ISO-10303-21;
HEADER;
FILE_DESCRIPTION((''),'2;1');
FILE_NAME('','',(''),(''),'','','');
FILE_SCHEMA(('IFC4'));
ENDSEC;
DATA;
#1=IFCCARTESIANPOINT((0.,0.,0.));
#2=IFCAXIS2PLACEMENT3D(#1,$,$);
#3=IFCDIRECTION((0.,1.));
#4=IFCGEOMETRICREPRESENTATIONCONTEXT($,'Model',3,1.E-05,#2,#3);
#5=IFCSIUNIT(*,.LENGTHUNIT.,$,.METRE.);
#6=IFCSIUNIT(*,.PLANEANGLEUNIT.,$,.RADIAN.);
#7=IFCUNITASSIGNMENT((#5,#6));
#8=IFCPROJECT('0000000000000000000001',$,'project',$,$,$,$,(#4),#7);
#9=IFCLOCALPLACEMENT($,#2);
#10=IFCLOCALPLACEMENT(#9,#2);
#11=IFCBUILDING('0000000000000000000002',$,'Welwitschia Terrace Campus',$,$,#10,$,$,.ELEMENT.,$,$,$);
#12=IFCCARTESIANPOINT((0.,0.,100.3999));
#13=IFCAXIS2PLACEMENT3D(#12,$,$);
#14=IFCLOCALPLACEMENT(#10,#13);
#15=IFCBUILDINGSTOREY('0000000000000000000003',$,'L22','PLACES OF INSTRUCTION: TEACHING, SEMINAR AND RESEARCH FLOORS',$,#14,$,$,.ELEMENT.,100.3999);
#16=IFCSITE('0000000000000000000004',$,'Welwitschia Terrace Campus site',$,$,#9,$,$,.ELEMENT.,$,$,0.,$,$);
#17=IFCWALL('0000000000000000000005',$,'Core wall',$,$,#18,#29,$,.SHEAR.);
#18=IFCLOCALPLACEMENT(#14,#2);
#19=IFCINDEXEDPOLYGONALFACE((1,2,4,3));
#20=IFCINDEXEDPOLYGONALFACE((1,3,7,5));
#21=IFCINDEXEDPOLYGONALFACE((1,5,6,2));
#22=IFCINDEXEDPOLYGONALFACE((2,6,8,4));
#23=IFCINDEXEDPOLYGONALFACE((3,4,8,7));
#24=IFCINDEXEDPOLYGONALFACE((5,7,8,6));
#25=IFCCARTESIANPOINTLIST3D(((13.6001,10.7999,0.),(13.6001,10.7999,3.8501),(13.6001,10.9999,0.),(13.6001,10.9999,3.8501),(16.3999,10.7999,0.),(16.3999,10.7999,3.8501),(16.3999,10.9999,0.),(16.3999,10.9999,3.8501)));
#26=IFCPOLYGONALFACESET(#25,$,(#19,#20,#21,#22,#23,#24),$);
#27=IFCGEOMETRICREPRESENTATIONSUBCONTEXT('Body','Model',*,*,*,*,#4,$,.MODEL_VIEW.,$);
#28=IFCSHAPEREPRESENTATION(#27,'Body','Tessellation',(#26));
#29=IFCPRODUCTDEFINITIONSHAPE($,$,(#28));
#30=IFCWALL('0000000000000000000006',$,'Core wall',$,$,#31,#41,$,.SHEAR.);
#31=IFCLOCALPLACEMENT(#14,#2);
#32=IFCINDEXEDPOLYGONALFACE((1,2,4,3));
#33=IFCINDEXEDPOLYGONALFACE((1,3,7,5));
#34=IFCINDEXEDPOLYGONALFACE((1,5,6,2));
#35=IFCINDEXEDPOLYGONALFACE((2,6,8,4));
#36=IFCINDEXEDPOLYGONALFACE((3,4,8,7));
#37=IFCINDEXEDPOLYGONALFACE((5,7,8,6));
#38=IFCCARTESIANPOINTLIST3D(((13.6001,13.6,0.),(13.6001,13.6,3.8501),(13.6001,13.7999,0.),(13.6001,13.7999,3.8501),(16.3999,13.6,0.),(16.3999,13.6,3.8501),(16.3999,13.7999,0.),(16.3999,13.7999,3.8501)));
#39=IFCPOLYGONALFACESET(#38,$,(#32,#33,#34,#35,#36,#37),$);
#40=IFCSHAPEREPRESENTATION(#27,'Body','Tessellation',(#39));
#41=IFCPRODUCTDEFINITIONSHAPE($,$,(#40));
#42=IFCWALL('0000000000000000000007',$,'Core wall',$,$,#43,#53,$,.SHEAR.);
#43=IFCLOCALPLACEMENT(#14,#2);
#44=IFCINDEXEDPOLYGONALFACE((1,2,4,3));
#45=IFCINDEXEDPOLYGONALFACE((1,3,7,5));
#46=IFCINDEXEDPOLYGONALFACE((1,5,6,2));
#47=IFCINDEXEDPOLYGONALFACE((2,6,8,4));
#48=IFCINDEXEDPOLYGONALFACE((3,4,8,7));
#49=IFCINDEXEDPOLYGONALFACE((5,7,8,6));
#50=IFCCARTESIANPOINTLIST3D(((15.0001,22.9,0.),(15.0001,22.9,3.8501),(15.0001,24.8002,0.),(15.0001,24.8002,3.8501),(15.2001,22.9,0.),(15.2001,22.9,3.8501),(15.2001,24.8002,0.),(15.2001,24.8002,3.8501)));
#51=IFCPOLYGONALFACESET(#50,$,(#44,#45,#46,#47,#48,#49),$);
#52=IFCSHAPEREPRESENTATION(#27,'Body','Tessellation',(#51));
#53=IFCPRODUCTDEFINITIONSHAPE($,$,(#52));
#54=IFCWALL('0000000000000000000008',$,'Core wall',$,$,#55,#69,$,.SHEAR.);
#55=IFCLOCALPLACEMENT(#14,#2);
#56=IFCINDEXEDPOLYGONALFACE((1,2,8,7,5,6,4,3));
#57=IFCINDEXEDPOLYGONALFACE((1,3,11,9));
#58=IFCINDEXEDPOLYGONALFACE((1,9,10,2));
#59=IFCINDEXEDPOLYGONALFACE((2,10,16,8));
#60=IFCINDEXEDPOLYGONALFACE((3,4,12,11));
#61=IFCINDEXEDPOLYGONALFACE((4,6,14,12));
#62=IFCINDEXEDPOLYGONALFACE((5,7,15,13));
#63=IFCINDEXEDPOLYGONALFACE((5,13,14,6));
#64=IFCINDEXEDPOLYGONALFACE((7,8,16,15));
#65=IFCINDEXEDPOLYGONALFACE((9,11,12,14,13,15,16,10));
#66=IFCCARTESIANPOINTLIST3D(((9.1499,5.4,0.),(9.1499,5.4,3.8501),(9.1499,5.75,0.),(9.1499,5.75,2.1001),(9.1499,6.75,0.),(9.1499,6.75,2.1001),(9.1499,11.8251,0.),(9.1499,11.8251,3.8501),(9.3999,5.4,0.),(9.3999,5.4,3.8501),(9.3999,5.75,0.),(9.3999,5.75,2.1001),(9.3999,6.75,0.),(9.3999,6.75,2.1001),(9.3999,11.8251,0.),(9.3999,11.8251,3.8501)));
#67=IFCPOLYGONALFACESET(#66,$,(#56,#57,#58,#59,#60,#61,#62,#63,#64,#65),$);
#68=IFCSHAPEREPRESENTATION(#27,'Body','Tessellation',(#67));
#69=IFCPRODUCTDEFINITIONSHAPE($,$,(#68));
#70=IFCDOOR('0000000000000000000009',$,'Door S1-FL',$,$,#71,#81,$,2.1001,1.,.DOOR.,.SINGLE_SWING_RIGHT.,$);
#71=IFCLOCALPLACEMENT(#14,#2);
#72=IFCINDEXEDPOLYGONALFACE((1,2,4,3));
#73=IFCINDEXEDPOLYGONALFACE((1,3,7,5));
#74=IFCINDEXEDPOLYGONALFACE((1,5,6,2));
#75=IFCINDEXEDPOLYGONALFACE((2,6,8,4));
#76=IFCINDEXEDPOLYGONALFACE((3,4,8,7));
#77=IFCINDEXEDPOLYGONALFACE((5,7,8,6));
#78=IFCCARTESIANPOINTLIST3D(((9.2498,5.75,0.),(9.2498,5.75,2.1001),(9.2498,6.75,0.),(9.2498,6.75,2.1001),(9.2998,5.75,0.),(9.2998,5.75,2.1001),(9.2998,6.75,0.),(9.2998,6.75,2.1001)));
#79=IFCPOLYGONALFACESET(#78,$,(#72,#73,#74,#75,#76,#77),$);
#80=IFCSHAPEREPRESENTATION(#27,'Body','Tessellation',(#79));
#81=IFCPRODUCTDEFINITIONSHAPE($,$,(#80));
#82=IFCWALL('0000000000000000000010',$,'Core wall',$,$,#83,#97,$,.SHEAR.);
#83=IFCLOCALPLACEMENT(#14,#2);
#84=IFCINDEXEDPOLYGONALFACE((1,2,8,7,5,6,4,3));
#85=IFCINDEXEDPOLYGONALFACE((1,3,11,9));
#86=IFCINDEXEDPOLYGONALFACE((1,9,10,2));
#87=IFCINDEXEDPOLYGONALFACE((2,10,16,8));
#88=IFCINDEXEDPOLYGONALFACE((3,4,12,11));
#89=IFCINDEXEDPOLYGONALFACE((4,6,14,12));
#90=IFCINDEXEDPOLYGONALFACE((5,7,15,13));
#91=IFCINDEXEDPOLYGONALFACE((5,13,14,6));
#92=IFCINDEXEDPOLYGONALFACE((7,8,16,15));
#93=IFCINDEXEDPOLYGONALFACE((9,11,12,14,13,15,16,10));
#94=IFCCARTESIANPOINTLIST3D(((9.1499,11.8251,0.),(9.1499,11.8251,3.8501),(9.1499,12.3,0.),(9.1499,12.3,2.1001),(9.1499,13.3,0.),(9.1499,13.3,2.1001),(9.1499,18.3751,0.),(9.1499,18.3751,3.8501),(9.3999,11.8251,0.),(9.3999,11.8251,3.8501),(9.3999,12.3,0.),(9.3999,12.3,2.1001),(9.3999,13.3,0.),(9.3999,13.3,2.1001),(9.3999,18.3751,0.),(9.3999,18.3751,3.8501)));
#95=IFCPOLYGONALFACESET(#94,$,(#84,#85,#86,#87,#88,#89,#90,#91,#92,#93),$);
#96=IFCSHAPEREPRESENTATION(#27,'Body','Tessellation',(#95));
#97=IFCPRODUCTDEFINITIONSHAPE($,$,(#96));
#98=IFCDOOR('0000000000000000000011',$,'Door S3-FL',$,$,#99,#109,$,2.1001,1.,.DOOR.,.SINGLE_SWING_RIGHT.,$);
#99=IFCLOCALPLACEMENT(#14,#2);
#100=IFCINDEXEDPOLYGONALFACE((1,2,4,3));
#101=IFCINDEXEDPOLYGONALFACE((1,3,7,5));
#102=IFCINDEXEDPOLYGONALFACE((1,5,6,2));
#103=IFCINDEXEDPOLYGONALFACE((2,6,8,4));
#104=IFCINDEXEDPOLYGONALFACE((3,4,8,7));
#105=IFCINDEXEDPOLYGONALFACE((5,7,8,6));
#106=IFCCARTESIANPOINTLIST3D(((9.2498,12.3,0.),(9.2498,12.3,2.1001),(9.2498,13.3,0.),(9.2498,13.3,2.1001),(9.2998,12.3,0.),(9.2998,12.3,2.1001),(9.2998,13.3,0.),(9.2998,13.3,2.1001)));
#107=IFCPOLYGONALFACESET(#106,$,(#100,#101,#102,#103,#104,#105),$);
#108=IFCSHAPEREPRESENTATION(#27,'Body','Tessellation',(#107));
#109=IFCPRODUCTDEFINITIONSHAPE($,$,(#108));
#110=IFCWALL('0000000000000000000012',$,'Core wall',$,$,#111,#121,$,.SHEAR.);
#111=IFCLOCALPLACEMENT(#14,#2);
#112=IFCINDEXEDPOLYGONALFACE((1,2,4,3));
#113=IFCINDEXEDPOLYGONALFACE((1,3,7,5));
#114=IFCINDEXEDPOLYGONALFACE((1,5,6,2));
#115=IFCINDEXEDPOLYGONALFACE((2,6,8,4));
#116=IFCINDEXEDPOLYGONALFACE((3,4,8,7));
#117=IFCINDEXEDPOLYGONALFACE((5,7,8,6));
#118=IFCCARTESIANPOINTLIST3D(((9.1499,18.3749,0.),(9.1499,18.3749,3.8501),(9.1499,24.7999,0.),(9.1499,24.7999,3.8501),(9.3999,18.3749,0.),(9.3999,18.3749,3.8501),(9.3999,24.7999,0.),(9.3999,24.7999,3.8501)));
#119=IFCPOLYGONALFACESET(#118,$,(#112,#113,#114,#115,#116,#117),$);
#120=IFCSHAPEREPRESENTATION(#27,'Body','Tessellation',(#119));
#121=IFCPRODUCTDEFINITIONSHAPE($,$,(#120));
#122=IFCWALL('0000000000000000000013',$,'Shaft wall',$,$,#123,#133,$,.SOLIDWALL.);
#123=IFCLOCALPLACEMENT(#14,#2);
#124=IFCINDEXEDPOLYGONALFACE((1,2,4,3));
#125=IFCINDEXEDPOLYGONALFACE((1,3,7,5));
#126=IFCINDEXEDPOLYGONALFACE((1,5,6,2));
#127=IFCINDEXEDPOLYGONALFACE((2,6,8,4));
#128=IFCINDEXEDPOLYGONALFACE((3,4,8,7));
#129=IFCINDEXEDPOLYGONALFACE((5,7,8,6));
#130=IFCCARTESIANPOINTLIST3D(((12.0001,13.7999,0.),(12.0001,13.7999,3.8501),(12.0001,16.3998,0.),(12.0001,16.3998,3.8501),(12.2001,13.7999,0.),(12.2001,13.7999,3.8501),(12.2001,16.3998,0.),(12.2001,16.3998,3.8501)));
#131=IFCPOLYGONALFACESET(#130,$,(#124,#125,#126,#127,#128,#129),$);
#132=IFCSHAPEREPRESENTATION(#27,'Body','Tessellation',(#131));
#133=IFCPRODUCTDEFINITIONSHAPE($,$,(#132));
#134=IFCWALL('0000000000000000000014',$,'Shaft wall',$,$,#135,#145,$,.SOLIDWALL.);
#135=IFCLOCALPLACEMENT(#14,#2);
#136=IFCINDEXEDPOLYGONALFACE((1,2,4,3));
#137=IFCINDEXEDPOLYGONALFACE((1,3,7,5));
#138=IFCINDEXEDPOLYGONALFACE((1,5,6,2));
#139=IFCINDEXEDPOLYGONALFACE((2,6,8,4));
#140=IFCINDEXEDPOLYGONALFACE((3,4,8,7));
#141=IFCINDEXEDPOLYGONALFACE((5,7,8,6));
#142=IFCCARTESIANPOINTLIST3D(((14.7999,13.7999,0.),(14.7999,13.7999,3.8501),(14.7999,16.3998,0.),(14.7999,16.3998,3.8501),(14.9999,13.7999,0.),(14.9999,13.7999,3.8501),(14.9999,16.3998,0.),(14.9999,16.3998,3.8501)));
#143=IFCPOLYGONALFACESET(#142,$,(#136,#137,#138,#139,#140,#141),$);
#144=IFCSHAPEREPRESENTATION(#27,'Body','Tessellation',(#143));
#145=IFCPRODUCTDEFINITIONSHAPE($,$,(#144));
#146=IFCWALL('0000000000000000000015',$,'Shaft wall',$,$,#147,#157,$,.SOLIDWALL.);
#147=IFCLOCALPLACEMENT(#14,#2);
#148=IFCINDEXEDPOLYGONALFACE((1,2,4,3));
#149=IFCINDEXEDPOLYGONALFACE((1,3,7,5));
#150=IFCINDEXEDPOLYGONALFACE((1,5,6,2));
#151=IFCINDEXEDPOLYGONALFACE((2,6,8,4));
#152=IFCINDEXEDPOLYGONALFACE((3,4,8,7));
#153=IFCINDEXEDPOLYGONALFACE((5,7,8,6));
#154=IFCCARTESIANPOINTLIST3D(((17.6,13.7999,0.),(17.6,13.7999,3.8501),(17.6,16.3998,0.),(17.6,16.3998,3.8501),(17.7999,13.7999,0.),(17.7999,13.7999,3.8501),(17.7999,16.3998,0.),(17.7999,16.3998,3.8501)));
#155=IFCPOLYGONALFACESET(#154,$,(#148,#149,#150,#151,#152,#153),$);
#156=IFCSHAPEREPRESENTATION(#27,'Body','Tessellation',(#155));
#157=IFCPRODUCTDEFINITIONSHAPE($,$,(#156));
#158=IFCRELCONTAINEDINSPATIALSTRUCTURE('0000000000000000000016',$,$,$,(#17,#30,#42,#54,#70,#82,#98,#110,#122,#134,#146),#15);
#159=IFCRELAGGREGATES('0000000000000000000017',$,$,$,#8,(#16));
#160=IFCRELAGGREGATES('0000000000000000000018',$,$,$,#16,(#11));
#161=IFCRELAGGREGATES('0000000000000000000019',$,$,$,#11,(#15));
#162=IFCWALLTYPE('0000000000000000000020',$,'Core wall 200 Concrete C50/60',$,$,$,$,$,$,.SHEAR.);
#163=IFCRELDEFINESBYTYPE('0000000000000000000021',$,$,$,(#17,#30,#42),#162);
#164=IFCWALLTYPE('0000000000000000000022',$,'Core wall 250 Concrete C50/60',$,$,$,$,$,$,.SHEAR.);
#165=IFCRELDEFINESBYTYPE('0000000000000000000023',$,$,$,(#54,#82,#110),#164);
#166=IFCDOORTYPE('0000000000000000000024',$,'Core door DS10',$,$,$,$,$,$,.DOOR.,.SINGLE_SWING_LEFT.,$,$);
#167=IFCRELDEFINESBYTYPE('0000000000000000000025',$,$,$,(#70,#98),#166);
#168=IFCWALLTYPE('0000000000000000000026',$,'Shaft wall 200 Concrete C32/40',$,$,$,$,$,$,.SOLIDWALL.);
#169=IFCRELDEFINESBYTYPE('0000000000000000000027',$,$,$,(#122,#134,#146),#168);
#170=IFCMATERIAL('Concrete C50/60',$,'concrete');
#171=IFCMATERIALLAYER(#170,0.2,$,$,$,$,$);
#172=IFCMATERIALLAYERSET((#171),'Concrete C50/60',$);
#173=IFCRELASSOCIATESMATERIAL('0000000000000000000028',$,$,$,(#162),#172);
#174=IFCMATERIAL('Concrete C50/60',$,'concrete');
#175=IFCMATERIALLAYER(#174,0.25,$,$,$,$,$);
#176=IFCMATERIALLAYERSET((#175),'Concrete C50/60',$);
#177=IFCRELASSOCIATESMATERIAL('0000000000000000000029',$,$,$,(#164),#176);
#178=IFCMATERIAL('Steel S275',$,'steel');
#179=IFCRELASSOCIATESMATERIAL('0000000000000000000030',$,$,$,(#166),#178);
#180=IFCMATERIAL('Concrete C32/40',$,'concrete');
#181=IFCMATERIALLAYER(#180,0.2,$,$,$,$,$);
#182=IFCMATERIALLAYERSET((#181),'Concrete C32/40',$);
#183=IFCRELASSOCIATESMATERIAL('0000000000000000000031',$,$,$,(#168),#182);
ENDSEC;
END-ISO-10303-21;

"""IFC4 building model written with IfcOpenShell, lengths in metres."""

from ifc_helpers import new_model, si_unit, direction, frame, frame_2d, origin, place, context, subcontext, project, spatial, rectangle, extrude, material, layer, layer_set, type_object, element, fill, save


model = new_model("IFC4")

# Units and contexts
model_context = context("Model", 3, precision=1e-05, world=origin(), true_north=direction((0.0, 1.0)))
body_context = subcontext(model_context, "Body", "Model", "MODEL_VIEW")
ifc_project = project(units=[si_unit("LENGTHUNIT", "METRE"), si_unit("PLANEANGLEUNIT", "RADIAN")], contexts=[model_context])

# Site, building, storey
site_placement = place(None, origin())
site = spatial("IfcSite", under=ifc_project, at=site_placement, Name="Welwitschia Terrace Campus site", CompositionType="ELEMENT", RefElevation=0.0)
building_placement = place(site_placement, origin())
building = spatial("IfcBuilding", under=site, at=building_placement, Name="Welwitschia Terrace Campus", CompositionType="ELEMENT")
storey_placement = place(building_placement, frame((0.0, 0.0, 100.3999)))
storey = spatial("IfcBuildingStorey", under=building, at=storey_placement, Name="L22", Description="PLACES OF INSTRUCTION: TEACHING, SEMINAR AND RESEARCH FLOORS", CompositionType="ELEMENT", Elevation=100.3999)

# Walls
ifc_material_1 = material(Name="Concrete C50/60", Category="concrete")
ifc_layer_1 = layer(ifc_material_1, 0.2)
ifc_layer_set_1 = layer_set([ifc_layer_1], Name="Concrete C50/60")
wall_type_1 = type_object("IfcWallType", Name="Core wall 200 Concrete C50/60", PredefinedType="SHEAR", material=ifc_layer_set_1)
for number, where, z_axis, x_axis, name in (
    (1, (13.6001, 10.8999, 0.0), (0.0, 0.0, 1.0), (1.0, 0.0, 0.0), "Core wall"),
    (2, (13.6001, 13.7, 0.0), (0.0, 0.0, 1.0), (1.0, 0.0, 0.0), "Core wall"),
):
    element("IfcWall", number, at=place(storey_placement, frame(where, z_axis=z_axis, x_axis=x_axis)), inside=storey, type_object=wall_type_1, Name=name, PredefinedType="SHEAR", context=body_context, shape_type="SweptSolid", body=[
        extrude(rectangle(XDim=2.7998, YDim=0.2, at=frame_2d((1.3999, 0.0))), origin(), (0.0, 0.0, 1.0), 3.8501),
    ])
wall_1_placement = place(storey_placement, frame((15.1001, 22.8999, 0.0), z_axis=(0.0, 0.0, 1.0), x_axis=(0.0, 1.0, 0.0)))
element("IfcWall", 3, at=wall_1_placement, inside=storey, type_object=wall_type_1, Name="Core wall", PredefinedType="SHEAR", context=body_context, shape_type="SweptSolid", body=[
    extrude(rectangle(XDim=1.9001, YDim=0.2, at=frame_2d((0.9502, 0.0))), origin(), (0.0, 0.0, 1.0), 3.8501),
])

# Walls, openings, doors
ifc_material_2 = material(Name="Concrete C50/60", Category="concrete")
ifc_layer_2 = layer(ifc_material_2, 0.25)
ifc_layer_set_2 = layer_set([ifc_layer_2], Name="Concrete C50/60")
wall_type_2 = type_object("IfcWallType", Name="Core wall 250 Concrete C50/60", PredefinedType="SHEAR", material=ifc_layer_set_2)
wall_2_placement = place(storey_placement, frame((9.2749, 11.825, 0.0), z_axis=(0.0, 0.0, 1.0), x_axis=(0.0, -1.0, 0.0)))
wall_2 = element("IfcWall", 4, at=wall_2_placement, inside=storey, type_object=wall_type_2, Name="Core wall", PredefinedType="SHEAR", context=body_context, shape_type="SweptSolid", body=[
    extrude(rectangle(XDim=6.425, YDim=0.25, at=frame_2d((3.2124, 0.0))), origin(), (0.0, 0.0, 1.0), 3.8501),
])
opening_1_placement = place(wall_2_placement, frame((5.075, 0.0, 0.0)))
opening_1 = element("IfcOpeningElement", 5, at=opening_1_placement, cuts=wall_2, PredefinedType="OPENING", context=body_context, shape_type="SweptSolid", body=[
    extrude(rectangle(XDim=1.0, YDim=2.1001, at=frame_2d((0.5, 1.05))), frame((0.0, 0.135, 0.0), z_axis=(0.0, -1.0, 0.0), x_axis=(1.0, 0.0, 0.0)), (0.0, 0.0, 1.0), 0.27),
])
ifc_material_3 = material(Name="Steel S275", Category="steel")
door_type_1 = type_object("IfcDoorType", Name="Core door DS10", OperationType="SINGLE_SWING_LEFT", PredefinedType="DOOR", material=ifc_material_3)
door_1_placement = place(opening_1_placement, origin())
door_1 = element("IfcDoor", 6, at=door_1_placement, inside=storey, type_object=door_type_1, Name="Door S1-FL", OperationType="SINGLE_SWING_RIGHT", OverallHeight=2.1001, OverallWidth=1.0, PredefinedType="DOOR", context=body_context, shape_type="SweptSolid", body=[
    extrude(rectangle(XDim=1.0, YDim=2.1001, at=frame_2d((0.5, 1.05))), frame((0.0, 0.0249, 0.0), z_axis=(0.0, -1.0, 0.0), x_axis=(1.0, 0.0, 0.0)), (0.0, 0.0, 1.0), 0.05),
])
fill(opening_1, door_1)
wall_3_placement = place(storey_placement, frame((9.2749, 18.375, 0.0), z_axis=(0.0, 0.0, 1.0), x_axis=(0.0, -1.0, 0.0)))
wall_3 = element("IfcWall", 7, at=wall_3_placement, inside=storey, type_object=wall_type_2, Name="Core wall", PredefinedType="SHEAR", context=body_context, shape_type="SweptSolid", body=[
    extrude(rectangle(XDim=6.55, YDim=0.25, at=frame_2d((3.2749, 0.0))), origin(), (0.0, 0.0, 1.0), 3.8501),
])
opening_2_placement = place(wall_3_placement, frame((5.075, 0.0, 0.0)))
opening_2 = element("IfcOpeningElement", 8, at=opening_2_placement, cuts=wall_3, PredefinedType="OPENING", context=body_context, shape_type="SweptSolid", body=[
    extrude(rectangle(XDim=1.0, YDim=2.1001, at=frame_2d((0.5, 1.05))), frame((0.0, 0.135, 0.0), z_axis=(0.0, -1.0, 0.0), x_axis=(1.0, 0.0, 0.0)), (0.0, 0.0, 1.0), 0.27),
])
door_2_placement = place(opening_2_placement, origin())
door_2 = element("IfcDoor", 9, at=door_2_placement, inside=storey, type_object=door_type_1, Name="Door S3-FL", OperationType="SINGLE_SWING_RIGHT", OverallHeight=2.1001, OverallWidth=1.0, PredefinedType="DOOR", context=body_context, shape_type="SweptSolid", body=[
    extrude(rectangle(XDim=1.0, YDim=2.1001, at=frame_2d((0.5, 1.05))), frame((0.0, 0.0249, 0.0), z_axis=(0.0, -1.0, 0.0), x_axis=(1.0, 0.0, 0.0)), (0.0, 0.0, 1.0), 0.05),
])
fill(opening_2, door_2)

# Walls
wall_4_placement = place(storey_placement, frame((9.2749, 18.375, 0.0), z_axis=(0.0, 0.0, 1.0), x_axis=(0.0, 1.0, 0.0)))
element("IfcWall", 10, at=wall_4_placement, inside=storey, type_object=wall_type_2, Name="Core wall", PredefinedType="SHEAR", context=body_context, shape_type="SweptSolid", body=[
    extrude(rectangle(XDim=6.425, YDim=0.25, at=frame_2d((3.2124, 0.0))), origin(), (0.0, 0.0, 1.0), 3.8501),
])
ifc_material_4 = material(Name="Concrete C32/40", Category="concrete")
ifc_layer_3 = layer(ifc_material_4, 0.2)
ifc_layer_set_3 = layer_set([ifc_layer_3], Name="Concrete C32/40")
wall_type_3 = type_object("IfcWallType", Name="Shaft wall 200 Concrete C32/40", PredefinedType="SOLIDWALL", material=ifc_layer_set_3)
for number, where, z_axis, x_axis, name in (
    (11, (12.1001, 13.8, 0.0), (0.0, 0.0, 1.0), (0.0, 1.0, 0.0), "Shaft wall"),
    (12, (14.8999, 13.8, 0.0), (0.0, 0.0, 1.0), (0.0, 1.0, 0.0), "Shaft wall"),
    (13, (17.7, 13.8, 0.0), (0.0, 0.0, 1.0), (0.0, 1.0, 0.0), "Shaft wall"),
):
    element("IfcWall", number, at=place(storey_placement, frame(where, z_axis=z_axis, x_axis=x_axis)), inside=storey, type_object=wall_type_3, Name=name, PredefinedType="SOLIDWALL", context=body_context, shape_type="SweptSolid", body=[
        extrude(rectangle(XDim=2.5999, YDim=0.2, at=frame_2d((1.2998, 0.0))), origin(), (0.0, 0.0, 1.0), 3.8501),
    ])

save(model, "model.ifc")
